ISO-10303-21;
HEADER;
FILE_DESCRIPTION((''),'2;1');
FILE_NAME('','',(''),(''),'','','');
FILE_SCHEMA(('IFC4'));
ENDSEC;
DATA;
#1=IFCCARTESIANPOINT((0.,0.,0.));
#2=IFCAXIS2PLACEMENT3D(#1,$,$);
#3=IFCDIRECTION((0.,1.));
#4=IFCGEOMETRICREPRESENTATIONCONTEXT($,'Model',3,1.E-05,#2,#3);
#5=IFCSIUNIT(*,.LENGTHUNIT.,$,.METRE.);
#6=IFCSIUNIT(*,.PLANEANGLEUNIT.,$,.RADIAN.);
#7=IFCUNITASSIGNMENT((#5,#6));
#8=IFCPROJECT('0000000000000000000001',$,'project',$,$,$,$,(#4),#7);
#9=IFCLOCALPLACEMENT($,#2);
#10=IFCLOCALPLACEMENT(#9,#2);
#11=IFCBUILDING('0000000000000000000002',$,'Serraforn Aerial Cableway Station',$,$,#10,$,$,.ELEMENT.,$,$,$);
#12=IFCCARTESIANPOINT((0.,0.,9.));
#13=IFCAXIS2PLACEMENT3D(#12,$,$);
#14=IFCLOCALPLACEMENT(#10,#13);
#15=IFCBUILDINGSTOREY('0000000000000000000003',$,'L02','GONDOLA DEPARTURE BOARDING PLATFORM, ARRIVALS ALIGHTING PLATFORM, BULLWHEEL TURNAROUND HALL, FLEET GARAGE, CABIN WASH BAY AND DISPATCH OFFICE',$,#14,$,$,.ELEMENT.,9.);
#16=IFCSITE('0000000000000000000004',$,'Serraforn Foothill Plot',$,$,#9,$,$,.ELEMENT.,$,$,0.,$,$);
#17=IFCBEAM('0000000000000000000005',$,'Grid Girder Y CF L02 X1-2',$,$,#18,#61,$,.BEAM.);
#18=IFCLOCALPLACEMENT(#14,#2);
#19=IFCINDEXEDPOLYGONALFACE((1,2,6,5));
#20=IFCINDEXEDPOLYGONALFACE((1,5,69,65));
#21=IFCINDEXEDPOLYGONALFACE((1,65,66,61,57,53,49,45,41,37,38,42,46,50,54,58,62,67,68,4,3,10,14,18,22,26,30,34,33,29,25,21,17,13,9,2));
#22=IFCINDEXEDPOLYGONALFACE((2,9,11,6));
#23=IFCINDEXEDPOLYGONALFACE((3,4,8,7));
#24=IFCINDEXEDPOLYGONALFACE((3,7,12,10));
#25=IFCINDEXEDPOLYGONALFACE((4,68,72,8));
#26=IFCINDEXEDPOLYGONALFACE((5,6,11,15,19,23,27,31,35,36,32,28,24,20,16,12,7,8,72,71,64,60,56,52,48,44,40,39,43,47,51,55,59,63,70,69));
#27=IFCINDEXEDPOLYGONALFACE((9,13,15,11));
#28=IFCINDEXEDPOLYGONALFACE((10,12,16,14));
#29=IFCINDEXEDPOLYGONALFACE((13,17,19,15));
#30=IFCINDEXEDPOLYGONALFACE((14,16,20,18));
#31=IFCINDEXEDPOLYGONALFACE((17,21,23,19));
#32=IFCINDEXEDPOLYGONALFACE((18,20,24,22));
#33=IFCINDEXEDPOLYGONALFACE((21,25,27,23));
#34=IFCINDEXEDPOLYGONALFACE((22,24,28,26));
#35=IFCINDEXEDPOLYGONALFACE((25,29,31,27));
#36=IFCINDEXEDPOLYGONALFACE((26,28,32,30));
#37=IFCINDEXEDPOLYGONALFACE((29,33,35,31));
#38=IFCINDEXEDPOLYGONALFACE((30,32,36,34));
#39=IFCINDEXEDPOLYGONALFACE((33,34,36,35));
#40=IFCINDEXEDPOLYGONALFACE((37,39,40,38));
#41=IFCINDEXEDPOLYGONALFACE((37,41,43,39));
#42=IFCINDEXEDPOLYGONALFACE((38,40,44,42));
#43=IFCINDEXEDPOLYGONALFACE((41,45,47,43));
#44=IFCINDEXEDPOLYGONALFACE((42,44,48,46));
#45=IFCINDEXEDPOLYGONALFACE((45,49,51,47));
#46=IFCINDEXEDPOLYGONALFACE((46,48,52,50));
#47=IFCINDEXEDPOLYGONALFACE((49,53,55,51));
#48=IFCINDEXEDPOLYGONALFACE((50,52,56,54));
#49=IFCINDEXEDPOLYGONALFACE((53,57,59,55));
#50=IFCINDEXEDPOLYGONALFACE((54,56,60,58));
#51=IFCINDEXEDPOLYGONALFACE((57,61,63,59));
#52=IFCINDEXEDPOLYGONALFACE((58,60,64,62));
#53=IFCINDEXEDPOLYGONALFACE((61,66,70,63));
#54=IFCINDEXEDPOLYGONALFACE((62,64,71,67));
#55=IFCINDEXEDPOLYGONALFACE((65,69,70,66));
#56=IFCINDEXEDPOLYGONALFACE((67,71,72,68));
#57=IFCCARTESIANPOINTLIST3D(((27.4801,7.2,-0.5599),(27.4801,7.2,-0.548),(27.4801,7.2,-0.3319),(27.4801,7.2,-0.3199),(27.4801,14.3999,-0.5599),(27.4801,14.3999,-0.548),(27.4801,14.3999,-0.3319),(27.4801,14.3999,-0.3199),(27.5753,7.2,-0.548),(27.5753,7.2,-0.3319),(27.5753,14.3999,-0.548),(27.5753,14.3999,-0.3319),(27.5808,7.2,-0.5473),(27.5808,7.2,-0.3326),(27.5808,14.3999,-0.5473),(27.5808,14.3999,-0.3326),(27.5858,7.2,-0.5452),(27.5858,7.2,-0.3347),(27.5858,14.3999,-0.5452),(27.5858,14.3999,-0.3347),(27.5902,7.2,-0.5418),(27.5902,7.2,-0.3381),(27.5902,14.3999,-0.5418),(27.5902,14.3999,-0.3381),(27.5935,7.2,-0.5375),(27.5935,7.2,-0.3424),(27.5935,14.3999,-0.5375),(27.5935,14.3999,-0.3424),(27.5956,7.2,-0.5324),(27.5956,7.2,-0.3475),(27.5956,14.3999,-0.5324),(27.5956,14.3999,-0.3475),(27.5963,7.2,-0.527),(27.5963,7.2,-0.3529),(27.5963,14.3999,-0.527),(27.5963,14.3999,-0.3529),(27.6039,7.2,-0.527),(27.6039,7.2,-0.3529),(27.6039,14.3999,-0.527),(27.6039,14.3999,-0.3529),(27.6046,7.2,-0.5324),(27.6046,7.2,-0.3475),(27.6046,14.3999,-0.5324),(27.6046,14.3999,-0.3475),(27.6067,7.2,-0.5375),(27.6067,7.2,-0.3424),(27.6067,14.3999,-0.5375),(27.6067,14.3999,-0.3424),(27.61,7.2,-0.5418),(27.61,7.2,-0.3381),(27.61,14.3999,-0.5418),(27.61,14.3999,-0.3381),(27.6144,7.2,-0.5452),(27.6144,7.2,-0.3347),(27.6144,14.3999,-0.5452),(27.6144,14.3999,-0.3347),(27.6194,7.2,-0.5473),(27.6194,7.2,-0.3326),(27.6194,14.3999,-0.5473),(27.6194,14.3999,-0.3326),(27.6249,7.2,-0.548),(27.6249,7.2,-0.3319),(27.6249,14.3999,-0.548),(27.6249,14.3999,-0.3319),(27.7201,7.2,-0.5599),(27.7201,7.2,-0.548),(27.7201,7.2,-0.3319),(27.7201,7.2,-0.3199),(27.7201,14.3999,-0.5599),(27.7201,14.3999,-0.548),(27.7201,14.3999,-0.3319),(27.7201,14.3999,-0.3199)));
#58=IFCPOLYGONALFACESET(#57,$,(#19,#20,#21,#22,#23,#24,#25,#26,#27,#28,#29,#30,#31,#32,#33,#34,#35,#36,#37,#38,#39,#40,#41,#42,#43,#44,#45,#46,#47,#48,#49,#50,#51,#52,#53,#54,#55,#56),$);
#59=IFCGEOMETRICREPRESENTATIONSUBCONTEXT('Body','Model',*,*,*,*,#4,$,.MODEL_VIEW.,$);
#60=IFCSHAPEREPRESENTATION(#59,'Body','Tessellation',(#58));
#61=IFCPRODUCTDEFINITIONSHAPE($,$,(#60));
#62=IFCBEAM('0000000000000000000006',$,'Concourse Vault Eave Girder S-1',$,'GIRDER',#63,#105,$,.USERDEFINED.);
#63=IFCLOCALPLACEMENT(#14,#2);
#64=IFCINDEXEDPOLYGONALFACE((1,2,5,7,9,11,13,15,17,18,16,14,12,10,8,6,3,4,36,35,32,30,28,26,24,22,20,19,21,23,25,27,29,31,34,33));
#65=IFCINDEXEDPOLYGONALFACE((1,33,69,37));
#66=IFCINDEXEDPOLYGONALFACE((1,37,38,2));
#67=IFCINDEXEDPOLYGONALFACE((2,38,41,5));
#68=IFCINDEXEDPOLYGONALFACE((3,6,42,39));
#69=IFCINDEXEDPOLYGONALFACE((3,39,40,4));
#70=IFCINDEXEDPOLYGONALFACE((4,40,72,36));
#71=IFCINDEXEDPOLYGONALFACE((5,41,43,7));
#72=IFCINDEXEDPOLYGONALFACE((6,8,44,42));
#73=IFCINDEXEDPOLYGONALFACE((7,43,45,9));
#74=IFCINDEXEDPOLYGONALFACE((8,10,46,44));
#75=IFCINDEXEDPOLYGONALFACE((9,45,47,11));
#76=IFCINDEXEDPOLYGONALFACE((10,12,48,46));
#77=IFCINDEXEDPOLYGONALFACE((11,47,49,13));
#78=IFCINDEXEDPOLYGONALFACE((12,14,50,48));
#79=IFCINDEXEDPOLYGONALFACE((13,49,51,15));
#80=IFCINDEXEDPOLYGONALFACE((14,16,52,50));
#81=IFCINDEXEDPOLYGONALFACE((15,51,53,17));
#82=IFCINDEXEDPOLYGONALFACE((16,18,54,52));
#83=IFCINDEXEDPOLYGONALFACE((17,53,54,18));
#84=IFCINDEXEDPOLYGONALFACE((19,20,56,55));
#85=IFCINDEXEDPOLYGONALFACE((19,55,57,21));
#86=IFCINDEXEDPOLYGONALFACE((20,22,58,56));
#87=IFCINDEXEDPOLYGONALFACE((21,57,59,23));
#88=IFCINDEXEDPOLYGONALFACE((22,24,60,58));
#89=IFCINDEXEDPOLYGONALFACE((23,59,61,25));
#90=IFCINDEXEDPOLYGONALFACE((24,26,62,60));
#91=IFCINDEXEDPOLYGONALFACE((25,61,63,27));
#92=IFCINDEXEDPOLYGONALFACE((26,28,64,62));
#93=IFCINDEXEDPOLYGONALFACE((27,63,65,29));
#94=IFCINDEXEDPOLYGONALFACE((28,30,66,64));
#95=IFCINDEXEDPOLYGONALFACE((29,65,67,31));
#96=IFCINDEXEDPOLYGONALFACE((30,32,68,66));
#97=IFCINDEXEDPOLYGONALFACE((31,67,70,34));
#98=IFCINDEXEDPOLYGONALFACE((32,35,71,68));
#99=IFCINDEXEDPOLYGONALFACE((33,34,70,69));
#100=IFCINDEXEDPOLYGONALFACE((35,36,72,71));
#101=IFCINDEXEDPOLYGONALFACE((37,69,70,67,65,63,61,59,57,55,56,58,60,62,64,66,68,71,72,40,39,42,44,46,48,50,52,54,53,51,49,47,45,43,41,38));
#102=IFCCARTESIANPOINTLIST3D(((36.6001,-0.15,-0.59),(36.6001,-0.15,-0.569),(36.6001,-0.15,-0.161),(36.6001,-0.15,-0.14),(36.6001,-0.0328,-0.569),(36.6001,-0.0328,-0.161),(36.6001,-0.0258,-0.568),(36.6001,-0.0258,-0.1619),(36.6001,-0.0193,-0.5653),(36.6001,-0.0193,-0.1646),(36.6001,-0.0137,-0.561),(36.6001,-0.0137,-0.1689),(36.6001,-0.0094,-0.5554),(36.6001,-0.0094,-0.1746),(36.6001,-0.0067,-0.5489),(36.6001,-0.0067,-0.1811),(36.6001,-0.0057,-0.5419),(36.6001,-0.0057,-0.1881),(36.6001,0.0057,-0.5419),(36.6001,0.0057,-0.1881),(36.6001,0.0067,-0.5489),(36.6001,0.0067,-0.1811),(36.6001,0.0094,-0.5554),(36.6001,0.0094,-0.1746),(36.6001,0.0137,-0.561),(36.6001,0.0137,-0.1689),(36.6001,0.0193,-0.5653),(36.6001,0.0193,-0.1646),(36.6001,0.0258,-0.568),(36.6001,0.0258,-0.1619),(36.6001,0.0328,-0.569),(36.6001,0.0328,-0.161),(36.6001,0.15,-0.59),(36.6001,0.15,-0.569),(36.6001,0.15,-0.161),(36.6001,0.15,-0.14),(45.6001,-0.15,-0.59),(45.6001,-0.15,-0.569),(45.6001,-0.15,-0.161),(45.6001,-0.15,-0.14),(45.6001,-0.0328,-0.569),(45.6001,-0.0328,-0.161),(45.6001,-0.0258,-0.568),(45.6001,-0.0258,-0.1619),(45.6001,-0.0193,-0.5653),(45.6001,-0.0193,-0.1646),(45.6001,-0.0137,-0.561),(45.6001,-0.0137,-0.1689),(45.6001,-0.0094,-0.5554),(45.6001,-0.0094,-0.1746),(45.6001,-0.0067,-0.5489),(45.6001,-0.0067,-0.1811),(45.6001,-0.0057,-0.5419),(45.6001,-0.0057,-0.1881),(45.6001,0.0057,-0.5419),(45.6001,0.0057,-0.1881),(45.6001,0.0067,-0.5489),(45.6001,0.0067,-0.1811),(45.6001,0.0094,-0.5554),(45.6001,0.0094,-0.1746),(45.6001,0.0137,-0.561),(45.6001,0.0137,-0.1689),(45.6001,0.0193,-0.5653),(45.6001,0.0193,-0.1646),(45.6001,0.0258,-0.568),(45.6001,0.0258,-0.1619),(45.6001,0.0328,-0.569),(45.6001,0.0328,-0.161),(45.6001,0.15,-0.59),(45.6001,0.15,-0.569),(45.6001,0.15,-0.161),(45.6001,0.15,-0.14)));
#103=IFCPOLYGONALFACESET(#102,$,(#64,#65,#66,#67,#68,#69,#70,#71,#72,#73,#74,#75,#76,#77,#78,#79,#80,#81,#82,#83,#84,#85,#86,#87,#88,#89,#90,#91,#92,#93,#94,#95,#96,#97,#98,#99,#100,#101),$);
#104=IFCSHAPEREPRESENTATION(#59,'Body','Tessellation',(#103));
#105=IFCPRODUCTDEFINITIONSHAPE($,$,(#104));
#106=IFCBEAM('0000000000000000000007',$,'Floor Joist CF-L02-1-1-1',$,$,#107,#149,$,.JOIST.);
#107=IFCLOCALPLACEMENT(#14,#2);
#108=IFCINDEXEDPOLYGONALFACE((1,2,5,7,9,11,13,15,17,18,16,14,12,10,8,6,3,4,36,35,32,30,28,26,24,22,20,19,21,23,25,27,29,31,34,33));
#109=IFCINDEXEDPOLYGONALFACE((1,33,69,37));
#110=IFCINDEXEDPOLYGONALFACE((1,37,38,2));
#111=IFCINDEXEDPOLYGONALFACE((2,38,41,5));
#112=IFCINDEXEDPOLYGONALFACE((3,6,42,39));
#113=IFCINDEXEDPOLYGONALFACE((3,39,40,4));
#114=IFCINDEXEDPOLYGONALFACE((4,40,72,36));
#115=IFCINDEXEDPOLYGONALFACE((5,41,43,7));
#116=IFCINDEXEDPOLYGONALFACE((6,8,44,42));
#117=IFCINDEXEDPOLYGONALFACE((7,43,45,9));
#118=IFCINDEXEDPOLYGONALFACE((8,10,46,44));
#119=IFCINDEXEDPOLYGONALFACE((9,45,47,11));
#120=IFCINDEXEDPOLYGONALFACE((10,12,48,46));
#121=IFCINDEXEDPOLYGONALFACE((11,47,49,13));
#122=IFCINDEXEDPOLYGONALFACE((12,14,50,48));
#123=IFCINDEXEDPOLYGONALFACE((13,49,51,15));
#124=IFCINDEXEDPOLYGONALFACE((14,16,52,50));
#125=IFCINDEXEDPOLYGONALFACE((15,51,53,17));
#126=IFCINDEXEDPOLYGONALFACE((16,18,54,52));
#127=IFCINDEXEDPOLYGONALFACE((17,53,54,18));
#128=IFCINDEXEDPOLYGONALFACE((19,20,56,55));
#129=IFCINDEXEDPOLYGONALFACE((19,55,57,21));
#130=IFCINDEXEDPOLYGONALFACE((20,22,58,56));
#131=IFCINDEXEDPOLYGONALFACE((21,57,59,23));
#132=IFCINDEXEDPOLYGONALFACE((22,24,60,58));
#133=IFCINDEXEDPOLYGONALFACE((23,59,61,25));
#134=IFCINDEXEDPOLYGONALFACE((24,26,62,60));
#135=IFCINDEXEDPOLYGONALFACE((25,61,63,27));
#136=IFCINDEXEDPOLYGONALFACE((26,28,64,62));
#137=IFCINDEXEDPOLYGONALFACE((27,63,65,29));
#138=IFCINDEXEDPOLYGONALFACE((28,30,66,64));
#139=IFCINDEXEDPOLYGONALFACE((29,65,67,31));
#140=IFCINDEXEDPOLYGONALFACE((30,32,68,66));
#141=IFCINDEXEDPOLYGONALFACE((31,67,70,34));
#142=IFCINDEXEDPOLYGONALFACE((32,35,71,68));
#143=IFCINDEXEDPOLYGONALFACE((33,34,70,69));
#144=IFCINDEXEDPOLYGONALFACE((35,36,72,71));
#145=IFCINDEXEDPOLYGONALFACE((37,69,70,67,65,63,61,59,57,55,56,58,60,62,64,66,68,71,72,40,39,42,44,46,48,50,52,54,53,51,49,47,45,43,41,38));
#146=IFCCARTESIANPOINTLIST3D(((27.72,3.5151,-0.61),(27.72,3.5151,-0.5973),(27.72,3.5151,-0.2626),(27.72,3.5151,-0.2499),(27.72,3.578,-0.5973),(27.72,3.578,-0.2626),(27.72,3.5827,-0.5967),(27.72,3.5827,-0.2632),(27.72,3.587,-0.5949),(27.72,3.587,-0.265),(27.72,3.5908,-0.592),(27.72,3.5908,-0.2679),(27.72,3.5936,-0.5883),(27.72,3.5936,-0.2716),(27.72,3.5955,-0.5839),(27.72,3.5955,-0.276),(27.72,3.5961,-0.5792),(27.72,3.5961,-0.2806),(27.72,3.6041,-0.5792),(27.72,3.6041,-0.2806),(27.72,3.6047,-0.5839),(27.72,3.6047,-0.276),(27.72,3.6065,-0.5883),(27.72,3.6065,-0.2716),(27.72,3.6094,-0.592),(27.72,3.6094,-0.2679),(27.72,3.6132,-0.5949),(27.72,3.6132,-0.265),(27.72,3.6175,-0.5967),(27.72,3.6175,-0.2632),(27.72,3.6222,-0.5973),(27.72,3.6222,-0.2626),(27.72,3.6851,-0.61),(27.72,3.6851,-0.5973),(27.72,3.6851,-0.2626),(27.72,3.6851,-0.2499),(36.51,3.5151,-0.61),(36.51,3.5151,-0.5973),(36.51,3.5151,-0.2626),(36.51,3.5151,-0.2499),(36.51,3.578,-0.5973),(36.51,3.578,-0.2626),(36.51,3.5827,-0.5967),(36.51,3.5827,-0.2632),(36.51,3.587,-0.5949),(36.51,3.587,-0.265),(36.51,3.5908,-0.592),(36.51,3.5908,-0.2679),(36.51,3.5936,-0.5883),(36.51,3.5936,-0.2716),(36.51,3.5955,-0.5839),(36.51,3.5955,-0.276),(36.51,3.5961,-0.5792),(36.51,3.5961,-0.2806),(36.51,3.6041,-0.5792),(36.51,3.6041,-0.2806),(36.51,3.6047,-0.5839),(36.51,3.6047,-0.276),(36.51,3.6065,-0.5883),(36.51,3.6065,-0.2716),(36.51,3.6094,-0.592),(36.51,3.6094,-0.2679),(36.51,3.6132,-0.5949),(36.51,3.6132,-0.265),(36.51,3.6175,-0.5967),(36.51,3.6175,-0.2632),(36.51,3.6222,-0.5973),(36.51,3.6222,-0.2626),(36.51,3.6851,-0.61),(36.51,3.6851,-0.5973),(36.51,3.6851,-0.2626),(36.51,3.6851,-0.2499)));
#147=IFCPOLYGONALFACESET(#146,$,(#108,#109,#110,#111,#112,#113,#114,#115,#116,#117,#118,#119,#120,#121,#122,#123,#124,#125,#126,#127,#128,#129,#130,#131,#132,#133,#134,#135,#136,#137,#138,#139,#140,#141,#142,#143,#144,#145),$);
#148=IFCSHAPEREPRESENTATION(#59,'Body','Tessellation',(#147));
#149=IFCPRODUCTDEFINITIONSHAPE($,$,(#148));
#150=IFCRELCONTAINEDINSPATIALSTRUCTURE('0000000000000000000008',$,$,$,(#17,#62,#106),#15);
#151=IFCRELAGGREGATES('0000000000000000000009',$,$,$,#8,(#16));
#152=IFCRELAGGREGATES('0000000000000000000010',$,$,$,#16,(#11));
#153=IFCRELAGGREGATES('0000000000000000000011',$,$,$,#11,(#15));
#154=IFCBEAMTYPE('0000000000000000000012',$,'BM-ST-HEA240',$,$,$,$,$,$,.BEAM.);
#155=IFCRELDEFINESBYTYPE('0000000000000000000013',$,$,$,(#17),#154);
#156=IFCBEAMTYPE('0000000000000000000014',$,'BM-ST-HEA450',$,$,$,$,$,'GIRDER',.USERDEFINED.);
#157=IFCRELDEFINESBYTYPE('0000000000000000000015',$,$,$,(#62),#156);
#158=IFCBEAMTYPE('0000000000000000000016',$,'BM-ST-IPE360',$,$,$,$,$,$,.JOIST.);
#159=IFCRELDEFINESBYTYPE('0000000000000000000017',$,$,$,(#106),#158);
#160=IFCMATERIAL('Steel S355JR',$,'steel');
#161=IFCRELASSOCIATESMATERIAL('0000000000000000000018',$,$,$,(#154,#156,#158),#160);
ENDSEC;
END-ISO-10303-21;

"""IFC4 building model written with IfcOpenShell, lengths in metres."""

from ifc_helpers import new_model, si_unit, direction, frame, origin, origin_2d, place, context, subcontext, project, spatial, i_section, extrude, material, material_profile, profile_set, type_object, element, save


model = new_model("IFC4")

# Units and contexts
model_context = context("Model", 3, precision=1e-05, world=origin(), true_north=direction((0.0, 1.0)))
body_context = subcontext(model_context, "Body", "Model", "MODEL_VIEW")
ifc_project = project(units=[si_unit("LENGTHUNIT", "METRE"), si_unit("PLANEANGLEUNIT", "RADIAN")], contexts=[model_context])

# Site, building, storey
site_placement = place(None, origin())
site = spatial("IfcSite", under=ifc_project, at=site_placement, Name="Serraforn Foothill Plot", CompositionType="ELEMENT", RefElevation=0.0)
building_placement = place(site_placement, origin())
building = spatial("IfcBuilding", under=site, at=building_placement, Name="Serraforn Aerial Cableway Station", CompositionType="ELEMENT")
storey_placement = place(building_placement, frame((0.0, 0.0, 9.0)))
storey = spatial("IfcBuildingStorey", under=building, at=storey_placement, Name="L02", Description="GONDOLA DEPARTURE BOARDING PLATFORM, ARRIVALS ALIGHTING PLATFORM, BULLWHEEL TURNAROUND HALL, FLEET GARAGE, CABIN WASH BAY AND DISPATCH OFFICE", CompositionType="ELEMENT", Elevation=9.0)

# Beams
ifc_material_1 = material(Name="Steel S355JR", Category="steel")
ifc_material_profile_1 = material_profile(ifc_material_1, i_section(OverallWidth=0.24, OverallDepth=0.24, WebThickness=0.0076, FlangeThickness=0.012, FilletRadius=0.021, at=origin_2d()), Name="HEA 240")
ifc_profile_set_1 = profile_set([ifc_material_profile_1], Name="Steel S355JR")
beam_type_1 = type_object("IfcBeamType", Name="BM-ST-HEA240", PredefinedType="BEAM", material=ifc_profile_set_1)
beam_1_placement = place(storey_placement, frame((27.6001, 7.2, -0.4399), z_axis=(0.0, 1.0, 0.0), x_axis=(-1.0, 0.0, 0.0)))
element("IfcBeam", 1, at=beam_1_placement, inside=storey, type_object=beam_type_1, Name="Grid Girder Y CF L02 X1-2", PredefinedType="BEAM", context=body_context, shape_type="SweptSolid", body=[
    extrude(i_section(OverallWidth=0.24, OverallDepth=0.24, WebThickness=0.0076, FlangeThickness=0.012, FilletRadius=0.021, at=origin_2d()), origin(), (0.0, 0.0, 1.0), 7.2),
])
ifc_material_profile_2 = material_profile(ifc_material_1, i_section(OverallWidth=0.3, OverallDepth=0.45, WebThickness=0.0115, FlangeThickness=0.021, FilletRadius=0.0271, at=origin_2d()), Name="HEA 450")
ifc_profile_set_2 = profile_set([ifc_material_profile_2], Name="Steel S355JR")
beam_type_2 = type_object("IfcBeamType", Name="BM-ST-HEA450", ElementType="GIRDER", PredefinedType="USERDEFINED", material=ifc_profile_set_2)
beam_2_placement = place(storey_placement, frame((36.6001, 0.0, -0.365), z_axis=(1.0, 0.0, 0.0), x_axis=(0.0, 1.0, 0.0)))
element("IfcBeam", 2, at=beam_2_placement, inside=storey, type_object=beam_type_2, Name="Concourse Vault Eave Girder S-1", ObjectType="GIRDER", PredefinedType="USERDEFINED", context=body_context, shape_type="SweptSolid", body=[
    extrude(i_section(OverallWidth=0.3, OverallDepth=0.45, WebThickness=0.0115, FlangeThickness=0.021, FilletRadius=0.0271, at=origin_2d()), origin(), (0.0, 0.0, 1.0), 9.0),
])
ifc_material_profile_3 = material_profile(ifc_material_1, i_section(OverallWidth=0.1699, OverallDepth=0.3601, WebThickness=0.0081, FlangeThickness=0.0127, FilletRadius=0.0181, at=origin_2d()), Name="IPE 360")
ifc_profile_set_3 = profile_set([ifc_material_profile_3], Name="Steel S355JR")
beam_type_3 = type_object("IfcBeamType", Name="BM-ST-IPE360", PredefinedType="JOIST", material=ifc_profile_set_3)
beam_3_placement = place(storey_placement, frame((27.72, 3.6001, -0.4299), z_axis=(1.0, 0.0, 0.0), x_axis=(0.0, 1.0, 0.0)))
element("IfcBeam", 3, at=beam_3_placement, inside=storey, type_object=beam_type_3, Name="Floor Joist CF-L02-1-1-1", PredefinedType="JOIST", context=body_context, shape_type="SweptSolid", body=[
    extrude(i_section(OverallWidth=0.1699, OverallDepth=0.3601, WebThickness=0.0081, FlangeThickness=0.0127, FilletRadius=0.0181, at=origin_2d()), origin(), (0.0, 0.0, 1.0), 8.79),
])

save(model, "model.ifc")
